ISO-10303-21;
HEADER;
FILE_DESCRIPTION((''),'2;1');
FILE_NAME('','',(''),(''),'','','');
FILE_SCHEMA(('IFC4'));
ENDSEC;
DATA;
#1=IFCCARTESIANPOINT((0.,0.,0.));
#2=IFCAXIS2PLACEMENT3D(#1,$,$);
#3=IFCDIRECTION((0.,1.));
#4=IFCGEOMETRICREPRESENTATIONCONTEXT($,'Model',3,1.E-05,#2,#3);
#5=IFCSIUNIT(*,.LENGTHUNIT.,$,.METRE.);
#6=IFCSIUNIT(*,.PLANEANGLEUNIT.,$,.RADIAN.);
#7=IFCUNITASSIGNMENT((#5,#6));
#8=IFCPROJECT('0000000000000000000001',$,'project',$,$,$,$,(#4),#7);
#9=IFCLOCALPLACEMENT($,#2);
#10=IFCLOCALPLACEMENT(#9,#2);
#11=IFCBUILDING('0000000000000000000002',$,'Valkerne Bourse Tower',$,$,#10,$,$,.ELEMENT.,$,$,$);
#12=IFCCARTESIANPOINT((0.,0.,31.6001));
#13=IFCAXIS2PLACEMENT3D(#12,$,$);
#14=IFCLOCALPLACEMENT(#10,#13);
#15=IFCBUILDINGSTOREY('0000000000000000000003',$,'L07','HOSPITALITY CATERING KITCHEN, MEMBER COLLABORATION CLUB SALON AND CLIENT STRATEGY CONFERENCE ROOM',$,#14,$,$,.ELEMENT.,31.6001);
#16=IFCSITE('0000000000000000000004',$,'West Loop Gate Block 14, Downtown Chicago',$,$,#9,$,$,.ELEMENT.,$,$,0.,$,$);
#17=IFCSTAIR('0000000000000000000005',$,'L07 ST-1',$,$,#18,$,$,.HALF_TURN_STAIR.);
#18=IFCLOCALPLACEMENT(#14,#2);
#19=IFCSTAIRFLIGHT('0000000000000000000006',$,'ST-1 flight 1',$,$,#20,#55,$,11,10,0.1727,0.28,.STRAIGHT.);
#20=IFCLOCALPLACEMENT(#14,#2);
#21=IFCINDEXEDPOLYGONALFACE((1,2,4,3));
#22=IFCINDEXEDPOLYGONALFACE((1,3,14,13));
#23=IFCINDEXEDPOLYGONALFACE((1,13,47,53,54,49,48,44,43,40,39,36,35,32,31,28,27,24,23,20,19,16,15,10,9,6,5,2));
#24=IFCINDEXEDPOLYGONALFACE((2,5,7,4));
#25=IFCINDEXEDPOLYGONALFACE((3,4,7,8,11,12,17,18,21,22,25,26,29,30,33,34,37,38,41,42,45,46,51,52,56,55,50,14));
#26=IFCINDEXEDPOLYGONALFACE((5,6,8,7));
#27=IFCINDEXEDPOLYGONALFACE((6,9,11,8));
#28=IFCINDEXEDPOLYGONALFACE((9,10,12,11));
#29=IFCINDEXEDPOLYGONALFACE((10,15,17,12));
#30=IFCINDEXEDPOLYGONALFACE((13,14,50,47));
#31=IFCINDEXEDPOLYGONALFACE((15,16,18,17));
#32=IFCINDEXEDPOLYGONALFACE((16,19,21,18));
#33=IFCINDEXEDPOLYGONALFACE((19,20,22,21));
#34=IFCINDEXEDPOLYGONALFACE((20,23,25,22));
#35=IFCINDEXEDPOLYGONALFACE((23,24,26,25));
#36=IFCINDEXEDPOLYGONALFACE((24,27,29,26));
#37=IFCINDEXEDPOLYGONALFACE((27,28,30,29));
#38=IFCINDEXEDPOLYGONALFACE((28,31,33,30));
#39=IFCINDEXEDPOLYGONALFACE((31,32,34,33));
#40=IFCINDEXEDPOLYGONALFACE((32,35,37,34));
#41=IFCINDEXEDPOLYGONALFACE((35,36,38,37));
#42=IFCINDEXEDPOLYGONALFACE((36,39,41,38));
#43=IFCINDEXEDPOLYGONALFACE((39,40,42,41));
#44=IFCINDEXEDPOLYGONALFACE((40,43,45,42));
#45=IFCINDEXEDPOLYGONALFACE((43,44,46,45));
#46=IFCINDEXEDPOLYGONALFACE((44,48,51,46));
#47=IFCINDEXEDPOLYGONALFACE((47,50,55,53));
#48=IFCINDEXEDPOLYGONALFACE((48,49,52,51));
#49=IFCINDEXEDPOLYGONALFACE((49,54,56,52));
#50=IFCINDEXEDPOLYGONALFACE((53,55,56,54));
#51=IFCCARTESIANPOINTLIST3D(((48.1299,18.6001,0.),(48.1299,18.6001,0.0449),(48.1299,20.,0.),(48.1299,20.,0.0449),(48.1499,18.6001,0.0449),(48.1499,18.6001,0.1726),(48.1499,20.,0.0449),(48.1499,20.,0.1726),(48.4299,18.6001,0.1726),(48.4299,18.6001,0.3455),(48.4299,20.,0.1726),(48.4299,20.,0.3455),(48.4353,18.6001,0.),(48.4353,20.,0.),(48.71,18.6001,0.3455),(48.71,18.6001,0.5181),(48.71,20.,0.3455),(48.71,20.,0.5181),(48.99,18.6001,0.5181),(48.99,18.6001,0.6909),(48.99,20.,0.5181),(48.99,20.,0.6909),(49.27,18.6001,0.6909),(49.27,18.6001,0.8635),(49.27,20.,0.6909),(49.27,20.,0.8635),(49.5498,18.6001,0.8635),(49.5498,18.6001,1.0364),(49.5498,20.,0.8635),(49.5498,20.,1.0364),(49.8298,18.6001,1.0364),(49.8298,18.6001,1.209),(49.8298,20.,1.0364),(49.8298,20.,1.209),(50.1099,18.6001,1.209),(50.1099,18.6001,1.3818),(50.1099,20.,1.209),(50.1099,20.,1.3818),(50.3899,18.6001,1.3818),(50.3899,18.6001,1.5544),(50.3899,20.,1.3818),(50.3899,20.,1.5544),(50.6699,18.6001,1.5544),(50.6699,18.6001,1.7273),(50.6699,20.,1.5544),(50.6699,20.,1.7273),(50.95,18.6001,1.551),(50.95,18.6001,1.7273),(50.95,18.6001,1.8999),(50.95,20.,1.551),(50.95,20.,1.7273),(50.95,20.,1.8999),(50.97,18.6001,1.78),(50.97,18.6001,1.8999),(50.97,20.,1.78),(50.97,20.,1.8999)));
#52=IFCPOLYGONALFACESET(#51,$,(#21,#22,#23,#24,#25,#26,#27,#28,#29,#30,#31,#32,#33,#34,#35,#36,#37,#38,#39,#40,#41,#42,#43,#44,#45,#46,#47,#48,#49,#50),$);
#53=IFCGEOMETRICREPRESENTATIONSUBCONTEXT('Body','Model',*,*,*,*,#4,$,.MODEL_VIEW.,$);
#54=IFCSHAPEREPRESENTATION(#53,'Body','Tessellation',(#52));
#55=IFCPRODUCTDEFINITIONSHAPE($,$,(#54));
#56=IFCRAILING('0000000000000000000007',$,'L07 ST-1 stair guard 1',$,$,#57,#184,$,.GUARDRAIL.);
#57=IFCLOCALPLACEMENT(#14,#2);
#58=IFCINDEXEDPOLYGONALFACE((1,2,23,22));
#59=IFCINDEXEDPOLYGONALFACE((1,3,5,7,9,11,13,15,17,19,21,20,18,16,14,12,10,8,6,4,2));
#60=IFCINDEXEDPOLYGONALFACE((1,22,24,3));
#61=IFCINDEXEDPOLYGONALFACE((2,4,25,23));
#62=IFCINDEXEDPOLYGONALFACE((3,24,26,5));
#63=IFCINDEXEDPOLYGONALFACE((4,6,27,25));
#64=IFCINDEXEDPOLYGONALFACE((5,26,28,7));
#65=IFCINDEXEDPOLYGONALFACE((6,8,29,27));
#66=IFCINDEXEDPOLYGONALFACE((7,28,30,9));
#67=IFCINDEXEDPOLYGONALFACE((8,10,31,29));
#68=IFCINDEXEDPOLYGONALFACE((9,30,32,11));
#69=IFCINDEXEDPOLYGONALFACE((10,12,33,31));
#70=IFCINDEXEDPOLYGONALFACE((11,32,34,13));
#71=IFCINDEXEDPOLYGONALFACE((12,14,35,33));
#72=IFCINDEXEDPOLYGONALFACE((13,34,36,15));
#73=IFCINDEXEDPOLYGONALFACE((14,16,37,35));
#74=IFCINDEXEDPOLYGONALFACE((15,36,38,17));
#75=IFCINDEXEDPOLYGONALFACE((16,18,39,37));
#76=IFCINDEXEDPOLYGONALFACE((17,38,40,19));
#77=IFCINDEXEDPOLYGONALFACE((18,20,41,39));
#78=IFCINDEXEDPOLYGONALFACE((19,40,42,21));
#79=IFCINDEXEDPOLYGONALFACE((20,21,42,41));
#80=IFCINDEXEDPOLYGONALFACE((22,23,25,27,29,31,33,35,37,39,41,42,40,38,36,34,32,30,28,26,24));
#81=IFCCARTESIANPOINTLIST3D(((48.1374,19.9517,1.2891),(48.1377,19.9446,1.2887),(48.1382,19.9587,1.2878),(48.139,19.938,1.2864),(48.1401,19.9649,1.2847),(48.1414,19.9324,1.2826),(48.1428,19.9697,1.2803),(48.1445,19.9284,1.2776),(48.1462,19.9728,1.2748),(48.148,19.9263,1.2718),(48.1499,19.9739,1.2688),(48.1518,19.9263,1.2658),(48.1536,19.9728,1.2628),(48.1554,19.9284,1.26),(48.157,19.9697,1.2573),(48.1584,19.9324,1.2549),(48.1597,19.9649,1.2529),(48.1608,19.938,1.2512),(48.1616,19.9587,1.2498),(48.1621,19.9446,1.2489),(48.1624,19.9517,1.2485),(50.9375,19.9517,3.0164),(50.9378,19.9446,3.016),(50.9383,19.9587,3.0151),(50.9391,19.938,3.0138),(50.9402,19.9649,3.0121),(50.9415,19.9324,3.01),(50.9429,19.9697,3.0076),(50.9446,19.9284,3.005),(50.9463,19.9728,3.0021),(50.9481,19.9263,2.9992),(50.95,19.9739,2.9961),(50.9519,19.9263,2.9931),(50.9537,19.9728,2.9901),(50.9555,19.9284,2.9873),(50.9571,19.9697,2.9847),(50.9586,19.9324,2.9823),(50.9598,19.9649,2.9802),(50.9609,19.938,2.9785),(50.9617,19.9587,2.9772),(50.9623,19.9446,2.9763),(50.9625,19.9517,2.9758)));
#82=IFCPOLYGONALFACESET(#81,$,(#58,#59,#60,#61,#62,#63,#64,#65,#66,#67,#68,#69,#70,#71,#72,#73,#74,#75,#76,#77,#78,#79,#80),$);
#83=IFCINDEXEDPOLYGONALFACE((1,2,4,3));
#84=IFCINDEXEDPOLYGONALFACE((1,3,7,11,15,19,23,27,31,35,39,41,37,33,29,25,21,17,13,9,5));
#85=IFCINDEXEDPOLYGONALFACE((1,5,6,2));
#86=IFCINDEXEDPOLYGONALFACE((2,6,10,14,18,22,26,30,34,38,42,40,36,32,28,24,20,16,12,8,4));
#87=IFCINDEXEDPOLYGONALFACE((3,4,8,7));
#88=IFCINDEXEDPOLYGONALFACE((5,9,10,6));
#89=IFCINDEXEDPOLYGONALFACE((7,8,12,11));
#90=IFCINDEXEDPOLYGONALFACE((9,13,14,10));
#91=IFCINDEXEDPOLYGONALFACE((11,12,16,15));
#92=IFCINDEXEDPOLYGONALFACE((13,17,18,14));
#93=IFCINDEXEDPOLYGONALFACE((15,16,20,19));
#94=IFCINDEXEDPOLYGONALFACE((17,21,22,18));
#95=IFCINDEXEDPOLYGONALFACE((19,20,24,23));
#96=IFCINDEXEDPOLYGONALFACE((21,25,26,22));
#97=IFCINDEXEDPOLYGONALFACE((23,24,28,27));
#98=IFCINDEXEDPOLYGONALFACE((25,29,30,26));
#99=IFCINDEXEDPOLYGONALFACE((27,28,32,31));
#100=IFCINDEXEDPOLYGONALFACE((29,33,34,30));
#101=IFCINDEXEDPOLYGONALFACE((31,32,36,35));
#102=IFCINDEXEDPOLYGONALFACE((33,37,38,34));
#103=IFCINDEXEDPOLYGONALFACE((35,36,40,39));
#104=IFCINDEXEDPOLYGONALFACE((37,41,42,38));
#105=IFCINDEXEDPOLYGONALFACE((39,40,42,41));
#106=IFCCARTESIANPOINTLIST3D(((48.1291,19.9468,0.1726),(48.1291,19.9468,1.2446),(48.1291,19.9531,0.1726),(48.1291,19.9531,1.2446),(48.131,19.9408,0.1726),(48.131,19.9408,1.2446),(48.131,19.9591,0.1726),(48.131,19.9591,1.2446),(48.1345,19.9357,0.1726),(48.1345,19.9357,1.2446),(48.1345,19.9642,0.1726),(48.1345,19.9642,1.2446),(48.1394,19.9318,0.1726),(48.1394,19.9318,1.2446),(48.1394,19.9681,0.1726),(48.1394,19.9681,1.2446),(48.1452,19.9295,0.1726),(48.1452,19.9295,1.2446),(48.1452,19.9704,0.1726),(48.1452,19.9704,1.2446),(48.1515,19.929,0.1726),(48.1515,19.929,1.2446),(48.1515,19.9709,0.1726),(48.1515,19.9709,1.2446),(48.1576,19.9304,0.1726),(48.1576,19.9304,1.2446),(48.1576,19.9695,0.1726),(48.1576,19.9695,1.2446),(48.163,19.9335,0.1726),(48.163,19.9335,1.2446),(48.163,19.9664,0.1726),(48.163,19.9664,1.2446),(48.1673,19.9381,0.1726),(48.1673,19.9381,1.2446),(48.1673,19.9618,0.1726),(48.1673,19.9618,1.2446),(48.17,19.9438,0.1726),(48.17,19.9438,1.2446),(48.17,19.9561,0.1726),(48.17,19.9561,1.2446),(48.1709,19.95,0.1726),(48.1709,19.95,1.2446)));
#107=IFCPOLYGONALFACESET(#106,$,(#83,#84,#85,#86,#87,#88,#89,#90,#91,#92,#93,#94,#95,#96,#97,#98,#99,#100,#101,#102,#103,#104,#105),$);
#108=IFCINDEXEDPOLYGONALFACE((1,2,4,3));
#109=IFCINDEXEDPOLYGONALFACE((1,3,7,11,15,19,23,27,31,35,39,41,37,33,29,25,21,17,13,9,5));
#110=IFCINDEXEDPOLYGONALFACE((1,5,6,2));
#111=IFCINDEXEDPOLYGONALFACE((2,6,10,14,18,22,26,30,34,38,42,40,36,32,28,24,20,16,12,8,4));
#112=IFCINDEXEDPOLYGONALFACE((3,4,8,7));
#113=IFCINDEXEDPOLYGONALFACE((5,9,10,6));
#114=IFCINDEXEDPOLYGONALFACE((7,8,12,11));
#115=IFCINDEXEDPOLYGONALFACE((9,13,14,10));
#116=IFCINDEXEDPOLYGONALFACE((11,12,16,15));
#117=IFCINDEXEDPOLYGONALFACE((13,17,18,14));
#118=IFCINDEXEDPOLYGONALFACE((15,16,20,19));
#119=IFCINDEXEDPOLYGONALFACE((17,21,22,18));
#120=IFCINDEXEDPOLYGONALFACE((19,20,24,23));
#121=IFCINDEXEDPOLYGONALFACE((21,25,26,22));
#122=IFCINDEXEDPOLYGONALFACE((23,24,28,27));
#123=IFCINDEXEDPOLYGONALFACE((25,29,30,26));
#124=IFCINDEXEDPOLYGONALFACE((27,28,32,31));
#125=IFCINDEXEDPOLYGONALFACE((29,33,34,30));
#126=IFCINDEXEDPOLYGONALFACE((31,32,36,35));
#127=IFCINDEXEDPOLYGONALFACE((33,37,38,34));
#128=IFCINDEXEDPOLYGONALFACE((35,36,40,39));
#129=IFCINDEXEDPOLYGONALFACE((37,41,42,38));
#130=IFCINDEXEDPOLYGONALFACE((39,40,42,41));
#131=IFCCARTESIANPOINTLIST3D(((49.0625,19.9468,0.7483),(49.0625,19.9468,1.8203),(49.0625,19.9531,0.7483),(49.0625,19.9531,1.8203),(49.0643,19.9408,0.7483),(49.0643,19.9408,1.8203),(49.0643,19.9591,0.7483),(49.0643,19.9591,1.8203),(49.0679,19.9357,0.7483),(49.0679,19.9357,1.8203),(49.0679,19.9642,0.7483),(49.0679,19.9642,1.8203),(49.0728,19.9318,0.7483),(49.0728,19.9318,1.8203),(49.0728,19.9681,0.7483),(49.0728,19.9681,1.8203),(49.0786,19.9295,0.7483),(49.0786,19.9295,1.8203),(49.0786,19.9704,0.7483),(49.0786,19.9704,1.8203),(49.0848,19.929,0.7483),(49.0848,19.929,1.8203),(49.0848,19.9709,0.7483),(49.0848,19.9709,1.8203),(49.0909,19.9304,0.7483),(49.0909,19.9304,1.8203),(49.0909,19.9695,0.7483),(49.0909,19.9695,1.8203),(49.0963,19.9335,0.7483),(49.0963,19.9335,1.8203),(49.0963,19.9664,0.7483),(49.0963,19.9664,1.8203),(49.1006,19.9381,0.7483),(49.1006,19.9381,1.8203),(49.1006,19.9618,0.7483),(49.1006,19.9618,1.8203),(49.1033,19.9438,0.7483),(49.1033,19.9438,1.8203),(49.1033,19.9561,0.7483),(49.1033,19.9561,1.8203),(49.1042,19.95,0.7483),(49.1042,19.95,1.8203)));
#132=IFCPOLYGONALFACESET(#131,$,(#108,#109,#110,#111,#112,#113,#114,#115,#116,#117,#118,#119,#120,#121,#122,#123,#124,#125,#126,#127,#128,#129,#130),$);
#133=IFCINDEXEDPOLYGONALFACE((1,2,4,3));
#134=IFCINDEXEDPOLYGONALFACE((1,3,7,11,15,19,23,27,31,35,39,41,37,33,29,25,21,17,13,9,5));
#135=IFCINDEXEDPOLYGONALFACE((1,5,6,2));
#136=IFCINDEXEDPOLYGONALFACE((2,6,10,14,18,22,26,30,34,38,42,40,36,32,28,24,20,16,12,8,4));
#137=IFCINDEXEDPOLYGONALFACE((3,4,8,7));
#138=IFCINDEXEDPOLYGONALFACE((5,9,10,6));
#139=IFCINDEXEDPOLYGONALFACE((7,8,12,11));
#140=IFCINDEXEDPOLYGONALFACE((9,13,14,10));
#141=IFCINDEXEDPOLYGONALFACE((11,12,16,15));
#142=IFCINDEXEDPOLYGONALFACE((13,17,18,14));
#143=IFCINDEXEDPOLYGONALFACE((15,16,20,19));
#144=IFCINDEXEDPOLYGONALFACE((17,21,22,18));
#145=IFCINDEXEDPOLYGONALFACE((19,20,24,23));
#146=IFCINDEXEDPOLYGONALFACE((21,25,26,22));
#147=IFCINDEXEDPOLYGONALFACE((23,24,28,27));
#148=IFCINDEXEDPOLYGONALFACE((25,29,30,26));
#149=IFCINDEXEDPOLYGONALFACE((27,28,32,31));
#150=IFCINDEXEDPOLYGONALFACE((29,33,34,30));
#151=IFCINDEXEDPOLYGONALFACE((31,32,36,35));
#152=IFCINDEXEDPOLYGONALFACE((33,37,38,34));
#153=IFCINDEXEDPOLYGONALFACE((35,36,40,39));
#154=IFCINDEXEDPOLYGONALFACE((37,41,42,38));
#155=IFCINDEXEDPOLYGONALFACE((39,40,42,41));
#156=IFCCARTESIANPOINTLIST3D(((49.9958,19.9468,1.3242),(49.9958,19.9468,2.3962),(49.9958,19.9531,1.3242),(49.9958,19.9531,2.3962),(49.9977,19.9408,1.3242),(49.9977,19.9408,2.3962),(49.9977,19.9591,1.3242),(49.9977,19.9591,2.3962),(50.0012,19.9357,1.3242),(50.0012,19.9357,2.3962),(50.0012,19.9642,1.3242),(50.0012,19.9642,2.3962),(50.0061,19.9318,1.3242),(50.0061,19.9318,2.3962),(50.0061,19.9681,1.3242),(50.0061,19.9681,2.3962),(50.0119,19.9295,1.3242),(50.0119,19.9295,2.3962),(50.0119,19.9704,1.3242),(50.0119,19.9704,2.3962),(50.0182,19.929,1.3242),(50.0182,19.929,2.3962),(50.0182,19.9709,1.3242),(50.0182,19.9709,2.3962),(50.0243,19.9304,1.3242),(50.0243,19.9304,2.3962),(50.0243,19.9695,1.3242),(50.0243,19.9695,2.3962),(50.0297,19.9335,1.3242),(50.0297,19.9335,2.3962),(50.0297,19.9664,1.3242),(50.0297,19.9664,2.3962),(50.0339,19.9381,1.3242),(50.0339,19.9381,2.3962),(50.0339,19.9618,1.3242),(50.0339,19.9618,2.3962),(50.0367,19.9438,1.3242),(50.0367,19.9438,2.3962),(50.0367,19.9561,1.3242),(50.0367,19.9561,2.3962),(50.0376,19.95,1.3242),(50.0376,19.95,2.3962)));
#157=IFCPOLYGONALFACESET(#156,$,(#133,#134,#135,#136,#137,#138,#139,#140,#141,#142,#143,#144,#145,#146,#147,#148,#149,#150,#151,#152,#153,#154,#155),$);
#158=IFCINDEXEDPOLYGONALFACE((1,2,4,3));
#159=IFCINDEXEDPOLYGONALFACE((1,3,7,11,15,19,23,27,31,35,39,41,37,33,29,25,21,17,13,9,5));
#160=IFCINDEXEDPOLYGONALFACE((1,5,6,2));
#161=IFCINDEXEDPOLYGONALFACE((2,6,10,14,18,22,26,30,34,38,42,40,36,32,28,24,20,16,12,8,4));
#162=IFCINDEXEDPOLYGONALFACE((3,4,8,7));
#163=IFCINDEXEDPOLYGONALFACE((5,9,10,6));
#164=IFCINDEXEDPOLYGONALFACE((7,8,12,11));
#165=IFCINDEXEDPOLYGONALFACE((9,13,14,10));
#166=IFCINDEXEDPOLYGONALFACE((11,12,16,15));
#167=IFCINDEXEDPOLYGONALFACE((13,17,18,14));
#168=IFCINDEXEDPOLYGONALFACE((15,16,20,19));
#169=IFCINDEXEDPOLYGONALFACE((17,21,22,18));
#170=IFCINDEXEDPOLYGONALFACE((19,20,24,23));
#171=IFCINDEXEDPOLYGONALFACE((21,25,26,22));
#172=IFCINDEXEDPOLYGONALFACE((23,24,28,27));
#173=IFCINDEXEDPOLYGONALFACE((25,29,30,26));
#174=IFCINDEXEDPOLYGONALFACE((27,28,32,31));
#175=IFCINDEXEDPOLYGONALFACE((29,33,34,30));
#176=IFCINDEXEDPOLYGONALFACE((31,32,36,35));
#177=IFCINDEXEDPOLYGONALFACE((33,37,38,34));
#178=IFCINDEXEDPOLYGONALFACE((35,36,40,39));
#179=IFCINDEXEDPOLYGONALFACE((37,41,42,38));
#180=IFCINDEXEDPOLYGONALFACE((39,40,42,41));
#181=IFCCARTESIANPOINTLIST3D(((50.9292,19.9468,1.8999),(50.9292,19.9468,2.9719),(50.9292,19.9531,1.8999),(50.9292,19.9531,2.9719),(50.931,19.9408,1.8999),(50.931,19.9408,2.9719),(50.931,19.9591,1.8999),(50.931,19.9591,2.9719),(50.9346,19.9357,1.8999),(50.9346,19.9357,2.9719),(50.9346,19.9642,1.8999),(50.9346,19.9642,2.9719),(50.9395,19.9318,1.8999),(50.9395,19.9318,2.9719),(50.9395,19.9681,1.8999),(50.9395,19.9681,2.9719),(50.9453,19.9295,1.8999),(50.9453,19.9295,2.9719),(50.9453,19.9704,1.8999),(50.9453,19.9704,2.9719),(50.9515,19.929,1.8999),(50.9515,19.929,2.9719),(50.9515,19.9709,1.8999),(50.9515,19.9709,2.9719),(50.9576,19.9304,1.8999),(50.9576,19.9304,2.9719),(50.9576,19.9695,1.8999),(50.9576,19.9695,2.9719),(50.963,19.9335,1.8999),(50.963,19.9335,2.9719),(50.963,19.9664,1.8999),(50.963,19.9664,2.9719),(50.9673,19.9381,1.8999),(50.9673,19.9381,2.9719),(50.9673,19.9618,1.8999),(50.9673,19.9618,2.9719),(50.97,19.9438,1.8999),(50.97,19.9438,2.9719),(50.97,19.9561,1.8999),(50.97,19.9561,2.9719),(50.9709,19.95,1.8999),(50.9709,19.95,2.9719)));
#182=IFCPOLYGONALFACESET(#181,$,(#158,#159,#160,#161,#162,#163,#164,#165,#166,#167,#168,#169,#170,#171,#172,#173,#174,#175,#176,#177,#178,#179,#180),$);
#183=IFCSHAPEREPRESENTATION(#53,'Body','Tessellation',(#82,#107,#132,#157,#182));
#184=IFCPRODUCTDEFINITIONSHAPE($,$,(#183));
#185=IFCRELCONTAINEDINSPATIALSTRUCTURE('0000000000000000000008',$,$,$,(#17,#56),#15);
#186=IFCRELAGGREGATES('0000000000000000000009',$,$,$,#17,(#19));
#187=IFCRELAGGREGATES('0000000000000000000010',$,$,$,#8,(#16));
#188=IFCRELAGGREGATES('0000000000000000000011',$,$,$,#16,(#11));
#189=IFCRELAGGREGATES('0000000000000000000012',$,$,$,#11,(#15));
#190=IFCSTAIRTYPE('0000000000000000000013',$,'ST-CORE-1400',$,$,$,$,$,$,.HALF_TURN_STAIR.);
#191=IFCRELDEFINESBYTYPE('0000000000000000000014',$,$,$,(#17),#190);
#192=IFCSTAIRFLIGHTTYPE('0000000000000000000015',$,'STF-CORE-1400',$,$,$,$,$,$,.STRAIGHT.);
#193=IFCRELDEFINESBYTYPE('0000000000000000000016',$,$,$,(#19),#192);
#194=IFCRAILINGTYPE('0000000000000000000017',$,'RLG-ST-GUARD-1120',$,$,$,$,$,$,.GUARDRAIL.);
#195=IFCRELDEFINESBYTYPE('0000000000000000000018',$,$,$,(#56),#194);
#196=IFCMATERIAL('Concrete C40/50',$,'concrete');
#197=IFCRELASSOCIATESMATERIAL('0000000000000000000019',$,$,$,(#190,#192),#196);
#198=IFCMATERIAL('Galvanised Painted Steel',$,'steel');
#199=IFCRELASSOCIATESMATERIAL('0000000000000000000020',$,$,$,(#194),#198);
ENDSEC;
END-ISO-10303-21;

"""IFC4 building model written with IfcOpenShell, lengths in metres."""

from ifc_helpers import new_model, si_unit, direction, frame, origin, origin_2d, place, context, subcontext, project, spatial, polyline, circle, outline, extrude, material, type_object, element, aggregate, save


model = new_model("IFC4")

# Units and contexts
model_context = context("Model", 3, precision=1e-05, world=origin(), true_north=direction((0.0, 1.0)))
body_context = subcontext(model_context, "Body", "Model", "MODEL_VIEW")
ifc_project = project(units=[si_unit("LENGTHUNIT", "METRE"), si_unit("PLANEANGLEUNIT", "RADIAN")], contexts=[model_context])

# Site, building, storey
site_placement = place(None, origin())
site = spatial("IfcSite", under=ifc_project, at=site_placement, Name="West Loop Gate Block 14, Downtown Chicago", CompositionType="ELEMENT", RefElevation=0.0)
building_placement = place(site_placement, origin())
building = spatial("IfcBuilding", under=site, at=building_placement, Name="Valkerne Bourse Tower", CompositionType="ELEMENT")
storey_placement = place(building_placement, frame((0.0, 0.0, 31.6001)))
storey = spatial("IfcBuildingStorey", under=building, at=storey_placement, Name="L07", Description="HOSPITALITY CATERING KITCHEN, MEMBER COLLABORATION CLUB SALON AND CLIENT STRATEGY CONFERENCE ROOM", CompositionType="ELEMENT", Elevation=31.6001)

# Shared definitions
ifc_material_1 = material(Name="Galvanised Painted Steel", Category="steel")

# Shared definitions
ifc_material_2 = material(Name="Concrete C40/50", Category="concrete")

# Stair, stair flight
stair_type = type_object("IfcStairType", Name="ST-CORE-1400", PredefinedType="HALF_TURN_STAIR", material=ifc_material_2)
stair_placement = place(storey_placement, origin())
stair = element("IfcStair", 1, at=stair_placement, inside=storey, type_object=stair_type, Name="L07 ST-1", PredefinedType="HALF_TURN_STAIR")
stair_flight_type = type_object("IfcStairFlightType", Name="STF-CORE-1400", PredefinedType="STRAIGHT", material=ifc_material_2)
stair_flight_placement = place(storey_placement, frame((48.1499, 19.3, 0.0), z_axis=(0.0, 0.0, 1.0), x_axis=(1.0, 0.0, 0.0)))
stair_flight = element("IfcStairFlight", 2, at=stair_flight_placement, type_object=stair_flight_type, Name="ST-1 flight 1", NumberOfRisers=11, NumberOfTreads=10, PredefinedType="STRAIGHT", RiserHeight=0.1727, TreadLength=0.28, context=body_context, shape_type="SweptSolid", body=[
    extrude(outline(polyline([(-0.02, 0.0), (-0.02, 0.0449), (0.0, 0.0449), (0.0, 0.1726), (0.28, 0.1726), (0.28, 0.3455), (0.5601, 0.3455), (0.5601, 0.5181), (0.8401, 0.5181), (0.8401, 0.6909), (1.1201, 0.6909), (1.1201, 0.8635), (1.3999, 0.8635), (1.3999, 1.0364), (1.6799, 1.0364), (1.6799, 1.209), (1.96, 1.209), (1.96, 1.3818), (2.24, 1.3818), (2.24, 1.5544), (2.52, 1.5544), (2.52, 1.7273), (2.8, 1.7273), (2.8, 1.8999), (2.8201, 1.8999), (2.8201, 1.78), (2.8, 1.551), (0.2854, 0.0), (-0.02, 0.0)])), frame((0.0, 0.7, 0.0), z_axis=(0.0, -1.0, 0.0), x_axis=(1.0, 0.0, 0.0)), (0.0, 0.0, 1.0), 1.3999),
])
aggregate(stair, [stair_flight])

# Railing
railing_type_1 = type_object("IfcRailingType", Name="RLG-ST-GUARD-1120", PredefinedType="GUARDRAIL", material=ifc_material_1)
railing_1_placement = place(storey_placement, frame((48.1499, 19.95, 0.1726)))
element("IfcRailing", 3, at=railing_1_placement, inside=storey, type_object=railing_type_1, Name="L07 ST-1 stair guard 1", PredefinedType="GUARDRAIL", context=body_context, shape_type="SweptSolid", body=[
    extrude(circle(Radius=0.0239, at=origin_2d()), frame((0.0, 0.0, 1.0962), z_axis=(0.85109, 0.0, 0.52502), x_axis=(0.0, 1.0, 0.0)), (0.0, 0.0, 1.0), 3.29),
    extrude(circle(Radius=0.021, at=origin_2d()), origin(), (0.0, 0.0, 1.0), 1.072),
    extrude(circle(Radius=0.021, at=origin_2d()), frame((0.9333, 0.0, 0.5757)), (0.0, 0.0, 1.0), 1.072),
    extrude(circle(Radius=0.021, at=origin_2d()), frame((1.8667, 0.0, 1.1516)), (0.0, 0.0, 1.0), 1.072),
    extrude(circle(Radius=0.021, at=origin_2d()), frame((2.8, 0.0, 1.7273)), (0.0, 0.0, 1.0), 1.072),
])

save(model, "model.ifc")
